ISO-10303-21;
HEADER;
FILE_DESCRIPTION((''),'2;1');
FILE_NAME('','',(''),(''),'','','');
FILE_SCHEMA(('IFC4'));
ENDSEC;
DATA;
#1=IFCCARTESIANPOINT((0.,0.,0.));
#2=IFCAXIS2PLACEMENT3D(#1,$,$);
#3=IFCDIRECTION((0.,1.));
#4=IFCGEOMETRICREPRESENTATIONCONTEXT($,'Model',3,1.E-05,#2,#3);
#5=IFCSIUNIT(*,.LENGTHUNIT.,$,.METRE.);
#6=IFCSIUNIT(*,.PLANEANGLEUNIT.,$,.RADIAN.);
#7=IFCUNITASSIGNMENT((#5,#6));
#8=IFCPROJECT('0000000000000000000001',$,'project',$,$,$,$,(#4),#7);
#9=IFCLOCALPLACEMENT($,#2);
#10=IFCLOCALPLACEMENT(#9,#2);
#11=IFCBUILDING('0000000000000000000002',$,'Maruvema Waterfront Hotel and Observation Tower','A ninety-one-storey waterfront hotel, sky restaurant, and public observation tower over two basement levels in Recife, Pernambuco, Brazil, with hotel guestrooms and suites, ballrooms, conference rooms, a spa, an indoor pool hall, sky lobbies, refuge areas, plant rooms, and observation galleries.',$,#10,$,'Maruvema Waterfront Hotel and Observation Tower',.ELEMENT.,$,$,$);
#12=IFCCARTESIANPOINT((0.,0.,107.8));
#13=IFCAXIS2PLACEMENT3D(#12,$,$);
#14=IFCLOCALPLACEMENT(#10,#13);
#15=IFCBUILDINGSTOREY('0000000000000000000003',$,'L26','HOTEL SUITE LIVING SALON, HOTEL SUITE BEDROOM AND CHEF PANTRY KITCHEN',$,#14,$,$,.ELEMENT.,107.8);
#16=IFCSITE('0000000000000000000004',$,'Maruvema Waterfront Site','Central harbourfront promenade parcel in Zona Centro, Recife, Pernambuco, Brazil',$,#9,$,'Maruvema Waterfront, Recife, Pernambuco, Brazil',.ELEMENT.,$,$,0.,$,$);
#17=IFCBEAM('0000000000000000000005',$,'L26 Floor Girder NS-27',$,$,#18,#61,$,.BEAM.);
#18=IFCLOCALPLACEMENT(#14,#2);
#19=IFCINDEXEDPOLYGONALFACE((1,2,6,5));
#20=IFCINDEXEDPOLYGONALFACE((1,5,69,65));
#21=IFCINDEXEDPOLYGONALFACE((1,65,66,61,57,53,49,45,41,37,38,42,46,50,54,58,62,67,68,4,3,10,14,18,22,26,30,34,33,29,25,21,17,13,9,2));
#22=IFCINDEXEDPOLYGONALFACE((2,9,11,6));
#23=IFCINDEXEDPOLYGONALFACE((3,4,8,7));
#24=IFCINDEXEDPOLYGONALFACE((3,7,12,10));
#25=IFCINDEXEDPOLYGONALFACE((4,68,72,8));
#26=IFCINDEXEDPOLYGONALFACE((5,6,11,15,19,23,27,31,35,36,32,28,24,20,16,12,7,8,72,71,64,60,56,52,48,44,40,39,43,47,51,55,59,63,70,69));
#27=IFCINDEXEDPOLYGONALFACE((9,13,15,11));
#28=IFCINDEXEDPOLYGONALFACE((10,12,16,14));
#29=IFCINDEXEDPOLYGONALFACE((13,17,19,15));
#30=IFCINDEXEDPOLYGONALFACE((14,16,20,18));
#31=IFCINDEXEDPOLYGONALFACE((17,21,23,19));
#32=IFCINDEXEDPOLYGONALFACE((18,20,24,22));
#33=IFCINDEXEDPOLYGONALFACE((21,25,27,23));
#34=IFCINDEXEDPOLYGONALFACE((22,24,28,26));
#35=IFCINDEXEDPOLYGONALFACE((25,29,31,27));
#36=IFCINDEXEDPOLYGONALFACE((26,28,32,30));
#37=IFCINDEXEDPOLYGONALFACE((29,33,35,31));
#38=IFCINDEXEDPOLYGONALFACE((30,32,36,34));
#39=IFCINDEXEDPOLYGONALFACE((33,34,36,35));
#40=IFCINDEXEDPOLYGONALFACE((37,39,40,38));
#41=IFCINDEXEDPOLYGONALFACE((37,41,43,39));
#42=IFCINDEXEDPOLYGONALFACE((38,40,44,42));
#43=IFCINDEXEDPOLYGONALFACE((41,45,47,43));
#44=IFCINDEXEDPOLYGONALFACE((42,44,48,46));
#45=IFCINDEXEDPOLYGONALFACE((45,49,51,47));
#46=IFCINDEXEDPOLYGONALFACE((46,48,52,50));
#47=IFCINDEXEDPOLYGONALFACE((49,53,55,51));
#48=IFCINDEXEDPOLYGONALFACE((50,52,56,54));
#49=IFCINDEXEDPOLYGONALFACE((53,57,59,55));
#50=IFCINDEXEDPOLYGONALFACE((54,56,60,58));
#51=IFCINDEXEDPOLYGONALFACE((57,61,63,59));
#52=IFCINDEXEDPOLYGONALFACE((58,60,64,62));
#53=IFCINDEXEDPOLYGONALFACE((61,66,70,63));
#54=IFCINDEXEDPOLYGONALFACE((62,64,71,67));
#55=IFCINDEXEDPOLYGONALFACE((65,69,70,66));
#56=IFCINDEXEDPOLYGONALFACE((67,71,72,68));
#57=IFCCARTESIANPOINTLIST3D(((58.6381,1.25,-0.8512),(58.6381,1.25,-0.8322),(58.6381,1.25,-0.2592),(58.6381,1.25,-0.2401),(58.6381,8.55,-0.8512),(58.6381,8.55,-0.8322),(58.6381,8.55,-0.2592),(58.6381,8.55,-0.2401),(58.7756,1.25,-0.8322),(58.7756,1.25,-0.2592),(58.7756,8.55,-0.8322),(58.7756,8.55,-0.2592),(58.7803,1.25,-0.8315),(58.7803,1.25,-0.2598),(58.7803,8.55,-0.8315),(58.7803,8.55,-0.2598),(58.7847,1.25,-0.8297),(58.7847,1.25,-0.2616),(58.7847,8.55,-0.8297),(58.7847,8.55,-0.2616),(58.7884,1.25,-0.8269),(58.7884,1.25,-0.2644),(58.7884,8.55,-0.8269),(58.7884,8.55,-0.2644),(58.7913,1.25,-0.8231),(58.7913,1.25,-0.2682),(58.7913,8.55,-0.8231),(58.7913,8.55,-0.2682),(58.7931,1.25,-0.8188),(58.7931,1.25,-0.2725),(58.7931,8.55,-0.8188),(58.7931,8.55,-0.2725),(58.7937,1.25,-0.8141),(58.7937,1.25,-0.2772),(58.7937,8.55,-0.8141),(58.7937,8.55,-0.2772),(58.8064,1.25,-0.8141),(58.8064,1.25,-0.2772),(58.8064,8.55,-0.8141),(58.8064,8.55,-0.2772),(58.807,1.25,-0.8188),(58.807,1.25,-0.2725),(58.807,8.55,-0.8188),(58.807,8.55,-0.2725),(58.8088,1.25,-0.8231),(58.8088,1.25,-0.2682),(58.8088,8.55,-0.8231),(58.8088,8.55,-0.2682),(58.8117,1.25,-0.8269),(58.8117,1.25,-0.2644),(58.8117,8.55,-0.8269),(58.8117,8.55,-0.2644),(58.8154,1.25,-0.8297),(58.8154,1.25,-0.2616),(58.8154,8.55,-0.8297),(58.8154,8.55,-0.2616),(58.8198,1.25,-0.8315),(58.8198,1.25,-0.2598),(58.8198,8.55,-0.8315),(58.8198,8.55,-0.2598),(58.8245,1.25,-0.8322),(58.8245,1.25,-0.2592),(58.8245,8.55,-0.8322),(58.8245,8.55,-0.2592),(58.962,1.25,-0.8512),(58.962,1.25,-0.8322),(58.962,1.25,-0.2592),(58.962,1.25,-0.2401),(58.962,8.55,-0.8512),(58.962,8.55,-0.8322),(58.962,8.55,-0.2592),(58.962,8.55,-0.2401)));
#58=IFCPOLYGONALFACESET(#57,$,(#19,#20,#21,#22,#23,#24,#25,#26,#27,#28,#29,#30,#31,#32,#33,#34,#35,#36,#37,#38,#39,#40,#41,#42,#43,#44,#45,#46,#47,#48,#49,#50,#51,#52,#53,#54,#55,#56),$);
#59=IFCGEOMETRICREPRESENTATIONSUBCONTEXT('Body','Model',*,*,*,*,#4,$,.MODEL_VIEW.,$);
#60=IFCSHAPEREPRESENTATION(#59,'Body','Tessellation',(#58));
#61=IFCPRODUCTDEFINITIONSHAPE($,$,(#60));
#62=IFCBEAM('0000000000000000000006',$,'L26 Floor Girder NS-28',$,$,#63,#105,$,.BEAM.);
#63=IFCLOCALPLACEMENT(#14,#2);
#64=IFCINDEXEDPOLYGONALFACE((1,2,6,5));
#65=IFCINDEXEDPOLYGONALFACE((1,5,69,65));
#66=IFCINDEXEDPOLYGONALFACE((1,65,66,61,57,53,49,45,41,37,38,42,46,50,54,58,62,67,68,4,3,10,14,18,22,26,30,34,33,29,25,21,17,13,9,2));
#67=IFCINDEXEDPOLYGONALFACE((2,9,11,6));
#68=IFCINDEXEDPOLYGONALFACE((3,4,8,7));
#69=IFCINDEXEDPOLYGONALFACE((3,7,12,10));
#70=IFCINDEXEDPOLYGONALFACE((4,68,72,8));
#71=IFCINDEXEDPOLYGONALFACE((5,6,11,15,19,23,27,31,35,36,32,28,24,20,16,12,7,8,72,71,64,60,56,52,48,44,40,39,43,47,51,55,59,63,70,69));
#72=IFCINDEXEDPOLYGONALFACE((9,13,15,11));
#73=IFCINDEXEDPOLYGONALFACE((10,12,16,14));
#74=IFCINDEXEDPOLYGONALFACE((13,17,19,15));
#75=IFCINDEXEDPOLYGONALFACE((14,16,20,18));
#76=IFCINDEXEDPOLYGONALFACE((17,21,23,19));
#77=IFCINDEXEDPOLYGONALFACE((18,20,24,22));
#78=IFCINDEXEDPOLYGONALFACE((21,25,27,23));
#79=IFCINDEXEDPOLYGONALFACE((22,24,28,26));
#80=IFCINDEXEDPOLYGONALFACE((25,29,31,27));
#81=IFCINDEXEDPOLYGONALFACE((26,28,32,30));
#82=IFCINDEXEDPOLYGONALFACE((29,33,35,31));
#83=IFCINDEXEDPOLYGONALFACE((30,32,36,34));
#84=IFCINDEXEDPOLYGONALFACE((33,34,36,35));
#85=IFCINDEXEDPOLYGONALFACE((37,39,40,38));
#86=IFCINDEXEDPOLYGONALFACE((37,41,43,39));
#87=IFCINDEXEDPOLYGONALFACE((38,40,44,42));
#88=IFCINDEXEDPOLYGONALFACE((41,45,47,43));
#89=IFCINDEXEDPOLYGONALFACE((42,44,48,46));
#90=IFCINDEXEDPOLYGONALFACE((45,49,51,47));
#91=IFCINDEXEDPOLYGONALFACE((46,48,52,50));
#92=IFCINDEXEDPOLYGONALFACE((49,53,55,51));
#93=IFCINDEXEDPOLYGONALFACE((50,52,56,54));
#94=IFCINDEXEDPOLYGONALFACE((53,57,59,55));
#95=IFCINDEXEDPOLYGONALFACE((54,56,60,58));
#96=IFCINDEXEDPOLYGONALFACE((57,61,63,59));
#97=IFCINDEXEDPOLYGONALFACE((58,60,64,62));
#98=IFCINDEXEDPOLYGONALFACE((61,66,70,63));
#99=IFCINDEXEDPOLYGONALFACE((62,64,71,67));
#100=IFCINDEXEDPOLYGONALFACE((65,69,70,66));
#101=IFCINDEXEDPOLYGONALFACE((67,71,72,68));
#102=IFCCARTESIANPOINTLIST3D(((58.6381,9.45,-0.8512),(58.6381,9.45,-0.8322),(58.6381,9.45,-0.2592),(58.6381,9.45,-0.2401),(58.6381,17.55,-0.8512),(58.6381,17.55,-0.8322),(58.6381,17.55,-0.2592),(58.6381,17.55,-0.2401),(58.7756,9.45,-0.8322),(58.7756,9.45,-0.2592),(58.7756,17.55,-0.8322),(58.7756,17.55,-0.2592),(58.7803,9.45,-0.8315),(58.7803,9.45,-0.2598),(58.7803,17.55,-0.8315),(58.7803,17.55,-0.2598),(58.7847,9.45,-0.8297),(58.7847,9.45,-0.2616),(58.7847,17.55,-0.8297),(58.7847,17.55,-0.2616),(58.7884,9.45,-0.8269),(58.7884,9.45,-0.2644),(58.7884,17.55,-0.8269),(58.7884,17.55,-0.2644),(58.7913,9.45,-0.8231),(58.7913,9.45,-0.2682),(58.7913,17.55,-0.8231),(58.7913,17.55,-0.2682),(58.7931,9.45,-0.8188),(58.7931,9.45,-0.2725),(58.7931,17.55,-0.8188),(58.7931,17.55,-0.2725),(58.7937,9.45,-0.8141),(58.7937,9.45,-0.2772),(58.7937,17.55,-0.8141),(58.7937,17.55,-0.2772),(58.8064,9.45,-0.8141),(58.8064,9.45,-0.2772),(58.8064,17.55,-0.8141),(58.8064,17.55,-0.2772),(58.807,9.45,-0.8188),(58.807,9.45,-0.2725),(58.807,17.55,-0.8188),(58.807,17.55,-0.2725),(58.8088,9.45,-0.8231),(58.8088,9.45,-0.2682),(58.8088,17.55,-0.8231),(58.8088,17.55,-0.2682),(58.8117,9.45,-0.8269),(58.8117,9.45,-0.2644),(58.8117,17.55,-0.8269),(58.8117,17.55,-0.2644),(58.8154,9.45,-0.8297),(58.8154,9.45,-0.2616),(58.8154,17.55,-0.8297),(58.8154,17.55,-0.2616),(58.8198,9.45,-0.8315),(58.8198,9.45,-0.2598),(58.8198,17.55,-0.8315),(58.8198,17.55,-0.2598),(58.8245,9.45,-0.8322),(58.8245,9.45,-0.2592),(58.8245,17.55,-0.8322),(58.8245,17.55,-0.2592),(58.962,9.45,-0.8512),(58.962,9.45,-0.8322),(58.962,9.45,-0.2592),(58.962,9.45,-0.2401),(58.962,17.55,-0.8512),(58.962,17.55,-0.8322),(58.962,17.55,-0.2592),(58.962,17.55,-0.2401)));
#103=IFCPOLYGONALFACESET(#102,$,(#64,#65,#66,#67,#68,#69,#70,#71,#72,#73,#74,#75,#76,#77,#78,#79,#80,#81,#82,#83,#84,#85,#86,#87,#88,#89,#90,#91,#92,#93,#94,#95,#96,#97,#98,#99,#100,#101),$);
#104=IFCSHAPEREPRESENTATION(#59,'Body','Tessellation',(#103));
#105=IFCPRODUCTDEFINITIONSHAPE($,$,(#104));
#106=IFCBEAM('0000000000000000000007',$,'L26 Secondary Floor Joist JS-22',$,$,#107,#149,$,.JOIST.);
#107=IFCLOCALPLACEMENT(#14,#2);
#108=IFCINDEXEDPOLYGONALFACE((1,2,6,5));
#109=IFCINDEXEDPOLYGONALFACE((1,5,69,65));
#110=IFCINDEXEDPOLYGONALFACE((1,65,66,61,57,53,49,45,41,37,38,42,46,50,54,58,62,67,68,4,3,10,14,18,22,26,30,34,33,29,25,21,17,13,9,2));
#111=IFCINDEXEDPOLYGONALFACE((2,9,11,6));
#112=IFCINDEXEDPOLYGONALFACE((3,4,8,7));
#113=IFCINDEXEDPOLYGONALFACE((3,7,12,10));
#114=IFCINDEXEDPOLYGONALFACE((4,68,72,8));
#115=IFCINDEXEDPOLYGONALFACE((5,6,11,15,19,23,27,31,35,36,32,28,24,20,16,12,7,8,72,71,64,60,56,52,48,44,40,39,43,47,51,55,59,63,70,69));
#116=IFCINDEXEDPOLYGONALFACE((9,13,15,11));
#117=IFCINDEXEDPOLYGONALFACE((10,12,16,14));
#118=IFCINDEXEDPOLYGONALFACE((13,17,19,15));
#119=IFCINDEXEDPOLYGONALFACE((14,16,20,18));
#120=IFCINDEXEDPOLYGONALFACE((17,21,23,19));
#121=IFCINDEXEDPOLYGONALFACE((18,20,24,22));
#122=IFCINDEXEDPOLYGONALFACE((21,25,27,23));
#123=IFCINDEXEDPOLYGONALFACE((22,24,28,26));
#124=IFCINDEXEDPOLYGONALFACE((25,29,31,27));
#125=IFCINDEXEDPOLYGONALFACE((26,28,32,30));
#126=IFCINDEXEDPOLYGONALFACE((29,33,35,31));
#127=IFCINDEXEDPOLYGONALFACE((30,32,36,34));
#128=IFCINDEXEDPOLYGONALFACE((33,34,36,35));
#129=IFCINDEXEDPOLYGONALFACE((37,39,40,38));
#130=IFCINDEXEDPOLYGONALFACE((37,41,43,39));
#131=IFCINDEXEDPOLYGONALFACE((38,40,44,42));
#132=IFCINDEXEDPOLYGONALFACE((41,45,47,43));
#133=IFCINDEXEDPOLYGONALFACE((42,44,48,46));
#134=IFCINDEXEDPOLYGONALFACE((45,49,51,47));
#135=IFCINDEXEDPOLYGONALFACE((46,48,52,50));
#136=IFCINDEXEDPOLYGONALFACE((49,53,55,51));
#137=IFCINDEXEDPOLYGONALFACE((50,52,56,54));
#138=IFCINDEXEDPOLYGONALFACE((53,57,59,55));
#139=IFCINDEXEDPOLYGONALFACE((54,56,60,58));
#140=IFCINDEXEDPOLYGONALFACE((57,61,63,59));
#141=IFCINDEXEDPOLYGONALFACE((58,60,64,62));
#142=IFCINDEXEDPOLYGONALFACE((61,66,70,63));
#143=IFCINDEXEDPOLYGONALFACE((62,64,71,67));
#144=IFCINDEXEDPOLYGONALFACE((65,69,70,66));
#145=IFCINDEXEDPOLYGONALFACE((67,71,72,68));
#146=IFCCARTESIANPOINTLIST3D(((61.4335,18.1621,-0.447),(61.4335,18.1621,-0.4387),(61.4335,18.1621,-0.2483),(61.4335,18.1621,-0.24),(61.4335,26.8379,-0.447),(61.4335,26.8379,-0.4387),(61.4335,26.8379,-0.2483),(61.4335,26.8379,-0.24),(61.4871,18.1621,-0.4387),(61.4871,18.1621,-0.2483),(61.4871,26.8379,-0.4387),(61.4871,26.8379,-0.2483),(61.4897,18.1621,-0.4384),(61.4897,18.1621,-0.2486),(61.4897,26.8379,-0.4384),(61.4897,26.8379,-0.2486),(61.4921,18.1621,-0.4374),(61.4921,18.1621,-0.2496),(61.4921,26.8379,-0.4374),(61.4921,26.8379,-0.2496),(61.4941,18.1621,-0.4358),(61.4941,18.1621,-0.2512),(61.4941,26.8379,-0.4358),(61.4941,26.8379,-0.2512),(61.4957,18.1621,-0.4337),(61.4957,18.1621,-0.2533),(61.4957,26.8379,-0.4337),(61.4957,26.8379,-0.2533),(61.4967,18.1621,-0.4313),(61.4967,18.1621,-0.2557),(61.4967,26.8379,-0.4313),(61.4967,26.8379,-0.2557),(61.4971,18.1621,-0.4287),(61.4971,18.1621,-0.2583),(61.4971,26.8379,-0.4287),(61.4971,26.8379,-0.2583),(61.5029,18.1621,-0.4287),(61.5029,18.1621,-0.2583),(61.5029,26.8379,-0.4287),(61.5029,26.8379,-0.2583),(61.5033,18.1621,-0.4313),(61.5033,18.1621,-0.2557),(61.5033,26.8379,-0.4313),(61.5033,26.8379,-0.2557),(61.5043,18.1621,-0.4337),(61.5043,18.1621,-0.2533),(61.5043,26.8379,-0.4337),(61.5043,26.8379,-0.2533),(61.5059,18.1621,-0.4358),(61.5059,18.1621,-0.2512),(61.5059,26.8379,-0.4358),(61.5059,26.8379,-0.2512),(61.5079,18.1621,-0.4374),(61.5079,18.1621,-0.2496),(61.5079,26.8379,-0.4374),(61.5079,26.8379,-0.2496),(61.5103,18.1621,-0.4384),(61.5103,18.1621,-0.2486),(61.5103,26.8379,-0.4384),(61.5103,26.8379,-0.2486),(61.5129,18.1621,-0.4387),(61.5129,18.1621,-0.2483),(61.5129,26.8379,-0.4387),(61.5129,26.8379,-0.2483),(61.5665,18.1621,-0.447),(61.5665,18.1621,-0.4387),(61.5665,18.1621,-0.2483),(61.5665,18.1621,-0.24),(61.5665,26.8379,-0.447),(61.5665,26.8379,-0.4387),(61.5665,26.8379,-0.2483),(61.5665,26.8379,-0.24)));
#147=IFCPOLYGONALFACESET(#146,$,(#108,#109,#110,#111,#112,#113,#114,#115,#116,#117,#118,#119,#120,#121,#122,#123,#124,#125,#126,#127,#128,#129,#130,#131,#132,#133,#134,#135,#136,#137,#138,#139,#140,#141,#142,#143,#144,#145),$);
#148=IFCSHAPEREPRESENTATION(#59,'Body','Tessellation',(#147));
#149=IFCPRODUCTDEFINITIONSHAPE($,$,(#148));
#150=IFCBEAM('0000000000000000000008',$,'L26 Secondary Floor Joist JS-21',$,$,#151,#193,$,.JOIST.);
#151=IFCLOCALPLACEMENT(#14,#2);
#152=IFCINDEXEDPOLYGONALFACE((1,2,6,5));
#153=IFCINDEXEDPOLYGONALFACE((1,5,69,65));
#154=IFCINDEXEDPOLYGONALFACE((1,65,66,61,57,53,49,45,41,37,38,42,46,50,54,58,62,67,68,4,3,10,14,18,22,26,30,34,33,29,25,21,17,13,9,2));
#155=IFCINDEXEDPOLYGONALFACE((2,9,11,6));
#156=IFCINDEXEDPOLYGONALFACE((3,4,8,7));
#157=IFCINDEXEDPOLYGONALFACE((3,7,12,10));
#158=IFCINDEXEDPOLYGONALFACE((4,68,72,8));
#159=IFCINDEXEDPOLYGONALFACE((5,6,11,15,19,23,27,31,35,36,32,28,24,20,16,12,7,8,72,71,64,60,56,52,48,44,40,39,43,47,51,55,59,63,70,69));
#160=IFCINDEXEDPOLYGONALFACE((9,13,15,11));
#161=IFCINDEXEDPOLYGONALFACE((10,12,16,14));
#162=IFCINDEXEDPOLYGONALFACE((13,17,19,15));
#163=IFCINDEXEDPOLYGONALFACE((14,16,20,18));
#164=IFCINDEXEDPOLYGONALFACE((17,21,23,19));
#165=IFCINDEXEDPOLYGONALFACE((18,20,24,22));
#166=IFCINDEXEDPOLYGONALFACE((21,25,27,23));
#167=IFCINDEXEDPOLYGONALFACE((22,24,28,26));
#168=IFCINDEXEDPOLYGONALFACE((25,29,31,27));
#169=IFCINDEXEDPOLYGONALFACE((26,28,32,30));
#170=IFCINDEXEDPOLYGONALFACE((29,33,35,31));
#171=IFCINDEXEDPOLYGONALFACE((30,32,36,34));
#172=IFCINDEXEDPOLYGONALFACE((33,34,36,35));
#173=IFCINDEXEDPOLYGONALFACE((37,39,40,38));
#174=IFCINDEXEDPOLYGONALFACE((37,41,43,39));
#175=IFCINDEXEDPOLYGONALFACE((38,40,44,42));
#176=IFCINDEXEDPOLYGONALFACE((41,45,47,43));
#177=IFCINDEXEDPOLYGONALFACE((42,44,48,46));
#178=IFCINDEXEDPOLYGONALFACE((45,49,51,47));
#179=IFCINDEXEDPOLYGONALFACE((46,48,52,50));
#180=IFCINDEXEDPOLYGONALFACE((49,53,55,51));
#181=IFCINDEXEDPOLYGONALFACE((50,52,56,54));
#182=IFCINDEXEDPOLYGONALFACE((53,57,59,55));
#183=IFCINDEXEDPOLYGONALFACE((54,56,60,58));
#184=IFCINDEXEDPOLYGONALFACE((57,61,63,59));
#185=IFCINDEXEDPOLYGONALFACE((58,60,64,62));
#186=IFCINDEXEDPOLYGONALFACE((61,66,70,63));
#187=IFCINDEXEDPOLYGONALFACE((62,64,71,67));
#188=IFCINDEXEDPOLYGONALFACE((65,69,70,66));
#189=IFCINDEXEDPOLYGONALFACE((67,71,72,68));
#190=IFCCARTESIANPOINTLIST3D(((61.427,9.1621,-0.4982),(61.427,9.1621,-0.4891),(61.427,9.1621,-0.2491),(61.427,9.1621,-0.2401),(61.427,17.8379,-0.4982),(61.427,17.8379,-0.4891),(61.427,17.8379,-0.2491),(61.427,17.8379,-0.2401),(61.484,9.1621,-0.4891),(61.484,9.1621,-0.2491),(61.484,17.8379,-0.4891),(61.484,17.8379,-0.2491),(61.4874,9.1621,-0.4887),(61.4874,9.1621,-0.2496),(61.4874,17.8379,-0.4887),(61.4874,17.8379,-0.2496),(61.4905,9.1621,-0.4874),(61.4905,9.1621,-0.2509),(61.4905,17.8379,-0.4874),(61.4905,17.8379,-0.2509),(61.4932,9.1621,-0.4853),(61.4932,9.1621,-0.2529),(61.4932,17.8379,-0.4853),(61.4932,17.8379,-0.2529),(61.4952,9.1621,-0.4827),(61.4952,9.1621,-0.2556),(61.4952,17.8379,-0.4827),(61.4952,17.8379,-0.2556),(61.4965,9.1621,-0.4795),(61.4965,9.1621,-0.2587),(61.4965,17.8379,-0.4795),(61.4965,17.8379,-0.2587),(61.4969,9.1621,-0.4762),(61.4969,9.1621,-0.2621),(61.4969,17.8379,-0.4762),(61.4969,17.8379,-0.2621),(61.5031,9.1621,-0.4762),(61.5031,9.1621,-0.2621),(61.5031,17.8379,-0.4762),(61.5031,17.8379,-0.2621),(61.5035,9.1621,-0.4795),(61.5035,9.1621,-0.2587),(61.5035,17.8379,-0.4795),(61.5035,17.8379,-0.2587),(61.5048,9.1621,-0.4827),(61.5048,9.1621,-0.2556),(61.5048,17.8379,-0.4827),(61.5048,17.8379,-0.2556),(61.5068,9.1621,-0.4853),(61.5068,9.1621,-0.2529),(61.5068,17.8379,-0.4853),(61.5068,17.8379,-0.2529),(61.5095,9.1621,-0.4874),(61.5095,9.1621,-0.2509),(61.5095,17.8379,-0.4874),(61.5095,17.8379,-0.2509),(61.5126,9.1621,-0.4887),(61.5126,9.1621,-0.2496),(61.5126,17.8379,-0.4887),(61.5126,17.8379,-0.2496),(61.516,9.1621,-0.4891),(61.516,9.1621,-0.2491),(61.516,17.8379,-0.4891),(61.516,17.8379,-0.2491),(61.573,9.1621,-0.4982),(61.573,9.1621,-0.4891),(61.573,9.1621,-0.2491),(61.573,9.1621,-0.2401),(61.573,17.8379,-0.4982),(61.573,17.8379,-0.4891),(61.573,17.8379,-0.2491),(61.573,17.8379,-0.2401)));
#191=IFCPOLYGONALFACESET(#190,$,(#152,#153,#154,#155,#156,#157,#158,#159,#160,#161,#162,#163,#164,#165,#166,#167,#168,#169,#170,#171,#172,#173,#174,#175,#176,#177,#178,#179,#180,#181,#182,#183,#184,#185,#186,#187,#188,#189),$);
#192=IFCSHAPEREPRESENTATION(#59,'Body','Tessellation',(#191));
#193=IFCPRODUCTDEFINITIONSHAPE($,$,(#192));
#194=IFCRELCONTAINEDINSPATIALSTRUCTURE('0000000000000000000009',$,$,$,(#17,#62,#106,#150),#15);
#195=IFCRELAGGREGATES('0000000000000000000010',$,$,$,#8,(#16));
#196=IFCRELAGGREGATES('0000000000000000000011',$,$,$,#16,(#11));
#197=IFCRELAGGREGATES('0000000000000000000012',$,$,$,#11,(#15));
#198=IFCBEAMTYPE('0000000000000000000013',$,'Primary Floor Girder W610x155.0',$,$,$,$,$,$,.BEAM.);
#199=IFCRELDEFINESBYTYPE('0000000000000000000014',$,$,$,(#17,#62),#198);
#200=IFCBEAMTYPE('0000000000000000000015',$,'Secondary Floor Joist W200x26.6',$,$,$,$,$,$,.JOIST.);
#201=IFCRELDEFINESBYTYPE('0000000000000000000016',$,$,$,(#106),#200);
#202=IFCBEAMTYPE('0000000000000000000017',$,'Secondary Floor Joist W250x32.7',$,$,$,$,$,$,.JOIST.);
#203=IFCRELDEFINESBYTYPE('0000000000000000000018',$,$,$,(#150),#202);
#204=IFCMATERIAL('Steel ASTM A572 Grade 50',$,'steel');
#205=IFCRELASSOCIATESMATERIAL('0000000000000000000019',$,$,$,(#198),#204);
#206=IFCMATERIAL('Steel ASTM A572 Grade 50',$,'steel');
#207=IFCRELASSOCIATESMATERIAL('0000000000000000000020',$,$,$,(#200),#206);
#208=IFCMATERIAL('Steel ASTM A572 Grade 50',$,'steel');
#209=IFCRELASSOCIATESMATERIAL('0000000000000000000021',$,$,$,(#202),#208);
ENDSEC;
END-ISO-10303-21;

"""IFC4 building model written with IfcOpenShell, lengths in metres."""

from ifc_helpers import new_model, si_unit, direction, frame, origin, origin_2d, place, context, subcontext, project, spatial, i_section, extrude, material, material_profile, profile_set, type_object, element, save


model = new_model("IFC4")

# Units and contexts
model_context = context("Model", 3, precision=1e-05, world=origin(), true_north=direction((0.0, 1.0)))
body_context = subcontext(model_context, "Body", "Model", "MODEL_VIEW")
ifc_project = project(units=[si_unit("LENGTHUNIT", "METRE"), si_unit("PLANEANGLEUNIT", "RADIAN")], contexts=[model_context])

# Site, building, storey
site_placement = place(None, origin())
site = spatial("IfcSite", under=ifc_project, at=site_placement, Name="Maruvema Waterfront Site", Description="Central harbourfront promenade parcel in Zona Centro, Recife, Pernambuco, Brazil", LongName="Maruvema Waterfront, Recife, Pernambuco, Brazil", CompositionType="ELEMENT", RefElevation=0.0)
building_placement = place(site_placement, origin())
building = spatial("IfcBuilding", under=site, at=building_placement, Name="Maruvema Waterfront Hotel and Observation Tower", Description="A ninety-one-storey waterfront hotel, sky restaurant, and public observation tower over two basement levels in Recife, Pernambuco, Brazil, with hotel guestrooms and suites, ballrooms, conference rooms, a spa, an indoor pool hall, sky lobbies, refuge areas, plant rooms, and observation galleries.", LongName="Maruvema Waterfront Hotel and Observation Tower", CompositionType="ELEMENT")
storey_placement = place(building_placement, frame((0.0, 0.0, 107.8)))
storey = spatial("IfcBuildingStorey", under=building, at=storey_placement, Name="L26", Description="HOTEL SUITE LIVING SALON, HOTEL SUITE BEDROOM AND CHEF PANTRY KITCHEN", CompositionType="ELEMENT", Elevation=107.8)

# Beams
ifc_material_1 = material(Name="Steel ASTM A572 Grade 50", Category="steel")
ifc_material_profile_1 = material_profile(ifc_material_1, i_section(OverallWidth=0.324, OverallDepth=0.6111, WebThickness=0.0127, FlangeThickness=0.019, FilletRadius=0.0181, at=origin_2d()), Name="W610x155.0")
ifc_profile_set_1 = profile_set([ifc_material_profile_1], Name="Steel ASTM A572 Grade 50")
beam_type_1 = type_object("IfcBeamType", Name="Primary Floor Girder W610x155.0", PredefinedType="BEAM", material=ifc_profile_set_1)
beam_1_placement = place(storey_placement, frame((58.8, 1.25, -0.5457), z_axis=(0.0, 1.0, 0.0), x_axis=(-1.0, 0.0, 0.0)))
element("IfcBeam", 1, at=beam_1_placement, inside=storey, type_object=beam_type_1, Name="L26 Floor Girder NS-27", PredefinedType="BEAM", context=body_context, shape_type="SweptSolid", body=[
    extrude(i_section(OverallWidth=0.324, OverallDepth=0.6111, WebThickness=0.0127, FlangeThickness=0.019, FilletRadius=0.0181, at=origin_2d()), origin(), (0.0, 0.0, 1.0), 7.3),
])
beam_2_placement = place(storey_placement, frame((58.8, 9.45, -0.5457), z_axis=(0.0, 1.0, 0.0), x_axis=(-1.0, 0.0, 0.0)))
element("IfcBeam", 2, at=beam_2_placement, inside=storey, type_object=beam_type_1, Name="L26 Floor Girder NS-28", PredefinedType="BEAM", context=body_context, shape_type="SweptSolid", body=[
    extrude(i_section(OverallWidth=0.324, OverallDepth=0.6111, WebThickness=0.0127, FlangeThickness=0.019, FilletRadius=0.0181, at=origin_2d()), origin(), (0.0, 0.0, 1.0), 8.1001),
])
ifc_material_2 = material(Name="Steel ASTM A572 Grade 50", Category="steel")
ifc_material_profile_2 = material_profile(ifc_material_2, i_section(OverallWidth=0.1331, OverallDepth=0.207, WebThickness=0.0059, FlangeThickness=0.0083, FilletRadius=0.01, at=origin_2d()), Name="W200x26.6")
ifc_profile_set_2 = profile_set([ifc_material_profile_2], Name="Steel ASTM A572 Grade 50")
beam_type_2 = type_object("IfcBeamType", Name="Secondary Floor Joist W200x26.6", PredefinedType="JOIST", material=ifc_profile_set_2)
beam_3_placement = place(storey_placement, frame((61.5, 18.1621, -0.3435), z_axis=(0.0, 1.0, 0.0), x_axis=(-1.0, 0.0, 0.0)))
element("IfcBeam", 3, at=beam_3_placement, inside=storey, type_object=beam_type_2, Name="L26 Secondary Floor Joist JS-22", PredefinedType="JOIST", context=body_context, shape_type="SweptSolid", body=[
    extrude(i_section(OverallWidth=0.1331, OverallDepth=0.207, WebThickness=0.0059, FlangeThickness=0.0083, FilletRadius=0.01, at=origin_2d()), origin(), (0.0, 0.0, 1.0), 8.6758),
])
ifc_material_3 = material(Name="Steel ASTM A572 Grade 50", Category="steel")
ifc_material_profile_3 = material_profile(ifc_material_3, i_section(OverallWidth=0.146, OverallDepth=0.2581, WebThickness=0.0061, FlangeThickness=0.009, FilletRadius=0.0129, at=origin_2d()), Name="W250x32.7")
ifc_profile_set_3 = profile_set([ifc_material_profile_3], Name="Steel ASTM A572 Grade 50")
beam_type_3 = type_object("IfcBeamType", Name="Secondary Floor Joist W250x32.7", PredefinedType="JOIST", material=ifc_profile_set_3)
beam_4_placement = place(storey_placement, frame((61.5, 9.1621, -0.3691), z_axis=(0.0, 1.0, 0.0), x_axis=(-1.0, 0.0, 0.0)))
element("IfcBeam", 4, at=beam_4_placement, inside=storey, type_object=beam_type_3, Name="L26 Secondary Floor Joist JS-21", PredefinedType="JOIST", context=body_context, shape_type="SweptSolid", body=[
    extrude(i_section(OverallWidth=0.146, OverallDepth=0.2581, WebThickness=0.0061, FlangeThickness=0.009, FilletRadius=0.0129, at=origin_2d()), origin(), (0.0, 0.0, 1.0), 8.6758),
])

save(model, "model.ifc")
